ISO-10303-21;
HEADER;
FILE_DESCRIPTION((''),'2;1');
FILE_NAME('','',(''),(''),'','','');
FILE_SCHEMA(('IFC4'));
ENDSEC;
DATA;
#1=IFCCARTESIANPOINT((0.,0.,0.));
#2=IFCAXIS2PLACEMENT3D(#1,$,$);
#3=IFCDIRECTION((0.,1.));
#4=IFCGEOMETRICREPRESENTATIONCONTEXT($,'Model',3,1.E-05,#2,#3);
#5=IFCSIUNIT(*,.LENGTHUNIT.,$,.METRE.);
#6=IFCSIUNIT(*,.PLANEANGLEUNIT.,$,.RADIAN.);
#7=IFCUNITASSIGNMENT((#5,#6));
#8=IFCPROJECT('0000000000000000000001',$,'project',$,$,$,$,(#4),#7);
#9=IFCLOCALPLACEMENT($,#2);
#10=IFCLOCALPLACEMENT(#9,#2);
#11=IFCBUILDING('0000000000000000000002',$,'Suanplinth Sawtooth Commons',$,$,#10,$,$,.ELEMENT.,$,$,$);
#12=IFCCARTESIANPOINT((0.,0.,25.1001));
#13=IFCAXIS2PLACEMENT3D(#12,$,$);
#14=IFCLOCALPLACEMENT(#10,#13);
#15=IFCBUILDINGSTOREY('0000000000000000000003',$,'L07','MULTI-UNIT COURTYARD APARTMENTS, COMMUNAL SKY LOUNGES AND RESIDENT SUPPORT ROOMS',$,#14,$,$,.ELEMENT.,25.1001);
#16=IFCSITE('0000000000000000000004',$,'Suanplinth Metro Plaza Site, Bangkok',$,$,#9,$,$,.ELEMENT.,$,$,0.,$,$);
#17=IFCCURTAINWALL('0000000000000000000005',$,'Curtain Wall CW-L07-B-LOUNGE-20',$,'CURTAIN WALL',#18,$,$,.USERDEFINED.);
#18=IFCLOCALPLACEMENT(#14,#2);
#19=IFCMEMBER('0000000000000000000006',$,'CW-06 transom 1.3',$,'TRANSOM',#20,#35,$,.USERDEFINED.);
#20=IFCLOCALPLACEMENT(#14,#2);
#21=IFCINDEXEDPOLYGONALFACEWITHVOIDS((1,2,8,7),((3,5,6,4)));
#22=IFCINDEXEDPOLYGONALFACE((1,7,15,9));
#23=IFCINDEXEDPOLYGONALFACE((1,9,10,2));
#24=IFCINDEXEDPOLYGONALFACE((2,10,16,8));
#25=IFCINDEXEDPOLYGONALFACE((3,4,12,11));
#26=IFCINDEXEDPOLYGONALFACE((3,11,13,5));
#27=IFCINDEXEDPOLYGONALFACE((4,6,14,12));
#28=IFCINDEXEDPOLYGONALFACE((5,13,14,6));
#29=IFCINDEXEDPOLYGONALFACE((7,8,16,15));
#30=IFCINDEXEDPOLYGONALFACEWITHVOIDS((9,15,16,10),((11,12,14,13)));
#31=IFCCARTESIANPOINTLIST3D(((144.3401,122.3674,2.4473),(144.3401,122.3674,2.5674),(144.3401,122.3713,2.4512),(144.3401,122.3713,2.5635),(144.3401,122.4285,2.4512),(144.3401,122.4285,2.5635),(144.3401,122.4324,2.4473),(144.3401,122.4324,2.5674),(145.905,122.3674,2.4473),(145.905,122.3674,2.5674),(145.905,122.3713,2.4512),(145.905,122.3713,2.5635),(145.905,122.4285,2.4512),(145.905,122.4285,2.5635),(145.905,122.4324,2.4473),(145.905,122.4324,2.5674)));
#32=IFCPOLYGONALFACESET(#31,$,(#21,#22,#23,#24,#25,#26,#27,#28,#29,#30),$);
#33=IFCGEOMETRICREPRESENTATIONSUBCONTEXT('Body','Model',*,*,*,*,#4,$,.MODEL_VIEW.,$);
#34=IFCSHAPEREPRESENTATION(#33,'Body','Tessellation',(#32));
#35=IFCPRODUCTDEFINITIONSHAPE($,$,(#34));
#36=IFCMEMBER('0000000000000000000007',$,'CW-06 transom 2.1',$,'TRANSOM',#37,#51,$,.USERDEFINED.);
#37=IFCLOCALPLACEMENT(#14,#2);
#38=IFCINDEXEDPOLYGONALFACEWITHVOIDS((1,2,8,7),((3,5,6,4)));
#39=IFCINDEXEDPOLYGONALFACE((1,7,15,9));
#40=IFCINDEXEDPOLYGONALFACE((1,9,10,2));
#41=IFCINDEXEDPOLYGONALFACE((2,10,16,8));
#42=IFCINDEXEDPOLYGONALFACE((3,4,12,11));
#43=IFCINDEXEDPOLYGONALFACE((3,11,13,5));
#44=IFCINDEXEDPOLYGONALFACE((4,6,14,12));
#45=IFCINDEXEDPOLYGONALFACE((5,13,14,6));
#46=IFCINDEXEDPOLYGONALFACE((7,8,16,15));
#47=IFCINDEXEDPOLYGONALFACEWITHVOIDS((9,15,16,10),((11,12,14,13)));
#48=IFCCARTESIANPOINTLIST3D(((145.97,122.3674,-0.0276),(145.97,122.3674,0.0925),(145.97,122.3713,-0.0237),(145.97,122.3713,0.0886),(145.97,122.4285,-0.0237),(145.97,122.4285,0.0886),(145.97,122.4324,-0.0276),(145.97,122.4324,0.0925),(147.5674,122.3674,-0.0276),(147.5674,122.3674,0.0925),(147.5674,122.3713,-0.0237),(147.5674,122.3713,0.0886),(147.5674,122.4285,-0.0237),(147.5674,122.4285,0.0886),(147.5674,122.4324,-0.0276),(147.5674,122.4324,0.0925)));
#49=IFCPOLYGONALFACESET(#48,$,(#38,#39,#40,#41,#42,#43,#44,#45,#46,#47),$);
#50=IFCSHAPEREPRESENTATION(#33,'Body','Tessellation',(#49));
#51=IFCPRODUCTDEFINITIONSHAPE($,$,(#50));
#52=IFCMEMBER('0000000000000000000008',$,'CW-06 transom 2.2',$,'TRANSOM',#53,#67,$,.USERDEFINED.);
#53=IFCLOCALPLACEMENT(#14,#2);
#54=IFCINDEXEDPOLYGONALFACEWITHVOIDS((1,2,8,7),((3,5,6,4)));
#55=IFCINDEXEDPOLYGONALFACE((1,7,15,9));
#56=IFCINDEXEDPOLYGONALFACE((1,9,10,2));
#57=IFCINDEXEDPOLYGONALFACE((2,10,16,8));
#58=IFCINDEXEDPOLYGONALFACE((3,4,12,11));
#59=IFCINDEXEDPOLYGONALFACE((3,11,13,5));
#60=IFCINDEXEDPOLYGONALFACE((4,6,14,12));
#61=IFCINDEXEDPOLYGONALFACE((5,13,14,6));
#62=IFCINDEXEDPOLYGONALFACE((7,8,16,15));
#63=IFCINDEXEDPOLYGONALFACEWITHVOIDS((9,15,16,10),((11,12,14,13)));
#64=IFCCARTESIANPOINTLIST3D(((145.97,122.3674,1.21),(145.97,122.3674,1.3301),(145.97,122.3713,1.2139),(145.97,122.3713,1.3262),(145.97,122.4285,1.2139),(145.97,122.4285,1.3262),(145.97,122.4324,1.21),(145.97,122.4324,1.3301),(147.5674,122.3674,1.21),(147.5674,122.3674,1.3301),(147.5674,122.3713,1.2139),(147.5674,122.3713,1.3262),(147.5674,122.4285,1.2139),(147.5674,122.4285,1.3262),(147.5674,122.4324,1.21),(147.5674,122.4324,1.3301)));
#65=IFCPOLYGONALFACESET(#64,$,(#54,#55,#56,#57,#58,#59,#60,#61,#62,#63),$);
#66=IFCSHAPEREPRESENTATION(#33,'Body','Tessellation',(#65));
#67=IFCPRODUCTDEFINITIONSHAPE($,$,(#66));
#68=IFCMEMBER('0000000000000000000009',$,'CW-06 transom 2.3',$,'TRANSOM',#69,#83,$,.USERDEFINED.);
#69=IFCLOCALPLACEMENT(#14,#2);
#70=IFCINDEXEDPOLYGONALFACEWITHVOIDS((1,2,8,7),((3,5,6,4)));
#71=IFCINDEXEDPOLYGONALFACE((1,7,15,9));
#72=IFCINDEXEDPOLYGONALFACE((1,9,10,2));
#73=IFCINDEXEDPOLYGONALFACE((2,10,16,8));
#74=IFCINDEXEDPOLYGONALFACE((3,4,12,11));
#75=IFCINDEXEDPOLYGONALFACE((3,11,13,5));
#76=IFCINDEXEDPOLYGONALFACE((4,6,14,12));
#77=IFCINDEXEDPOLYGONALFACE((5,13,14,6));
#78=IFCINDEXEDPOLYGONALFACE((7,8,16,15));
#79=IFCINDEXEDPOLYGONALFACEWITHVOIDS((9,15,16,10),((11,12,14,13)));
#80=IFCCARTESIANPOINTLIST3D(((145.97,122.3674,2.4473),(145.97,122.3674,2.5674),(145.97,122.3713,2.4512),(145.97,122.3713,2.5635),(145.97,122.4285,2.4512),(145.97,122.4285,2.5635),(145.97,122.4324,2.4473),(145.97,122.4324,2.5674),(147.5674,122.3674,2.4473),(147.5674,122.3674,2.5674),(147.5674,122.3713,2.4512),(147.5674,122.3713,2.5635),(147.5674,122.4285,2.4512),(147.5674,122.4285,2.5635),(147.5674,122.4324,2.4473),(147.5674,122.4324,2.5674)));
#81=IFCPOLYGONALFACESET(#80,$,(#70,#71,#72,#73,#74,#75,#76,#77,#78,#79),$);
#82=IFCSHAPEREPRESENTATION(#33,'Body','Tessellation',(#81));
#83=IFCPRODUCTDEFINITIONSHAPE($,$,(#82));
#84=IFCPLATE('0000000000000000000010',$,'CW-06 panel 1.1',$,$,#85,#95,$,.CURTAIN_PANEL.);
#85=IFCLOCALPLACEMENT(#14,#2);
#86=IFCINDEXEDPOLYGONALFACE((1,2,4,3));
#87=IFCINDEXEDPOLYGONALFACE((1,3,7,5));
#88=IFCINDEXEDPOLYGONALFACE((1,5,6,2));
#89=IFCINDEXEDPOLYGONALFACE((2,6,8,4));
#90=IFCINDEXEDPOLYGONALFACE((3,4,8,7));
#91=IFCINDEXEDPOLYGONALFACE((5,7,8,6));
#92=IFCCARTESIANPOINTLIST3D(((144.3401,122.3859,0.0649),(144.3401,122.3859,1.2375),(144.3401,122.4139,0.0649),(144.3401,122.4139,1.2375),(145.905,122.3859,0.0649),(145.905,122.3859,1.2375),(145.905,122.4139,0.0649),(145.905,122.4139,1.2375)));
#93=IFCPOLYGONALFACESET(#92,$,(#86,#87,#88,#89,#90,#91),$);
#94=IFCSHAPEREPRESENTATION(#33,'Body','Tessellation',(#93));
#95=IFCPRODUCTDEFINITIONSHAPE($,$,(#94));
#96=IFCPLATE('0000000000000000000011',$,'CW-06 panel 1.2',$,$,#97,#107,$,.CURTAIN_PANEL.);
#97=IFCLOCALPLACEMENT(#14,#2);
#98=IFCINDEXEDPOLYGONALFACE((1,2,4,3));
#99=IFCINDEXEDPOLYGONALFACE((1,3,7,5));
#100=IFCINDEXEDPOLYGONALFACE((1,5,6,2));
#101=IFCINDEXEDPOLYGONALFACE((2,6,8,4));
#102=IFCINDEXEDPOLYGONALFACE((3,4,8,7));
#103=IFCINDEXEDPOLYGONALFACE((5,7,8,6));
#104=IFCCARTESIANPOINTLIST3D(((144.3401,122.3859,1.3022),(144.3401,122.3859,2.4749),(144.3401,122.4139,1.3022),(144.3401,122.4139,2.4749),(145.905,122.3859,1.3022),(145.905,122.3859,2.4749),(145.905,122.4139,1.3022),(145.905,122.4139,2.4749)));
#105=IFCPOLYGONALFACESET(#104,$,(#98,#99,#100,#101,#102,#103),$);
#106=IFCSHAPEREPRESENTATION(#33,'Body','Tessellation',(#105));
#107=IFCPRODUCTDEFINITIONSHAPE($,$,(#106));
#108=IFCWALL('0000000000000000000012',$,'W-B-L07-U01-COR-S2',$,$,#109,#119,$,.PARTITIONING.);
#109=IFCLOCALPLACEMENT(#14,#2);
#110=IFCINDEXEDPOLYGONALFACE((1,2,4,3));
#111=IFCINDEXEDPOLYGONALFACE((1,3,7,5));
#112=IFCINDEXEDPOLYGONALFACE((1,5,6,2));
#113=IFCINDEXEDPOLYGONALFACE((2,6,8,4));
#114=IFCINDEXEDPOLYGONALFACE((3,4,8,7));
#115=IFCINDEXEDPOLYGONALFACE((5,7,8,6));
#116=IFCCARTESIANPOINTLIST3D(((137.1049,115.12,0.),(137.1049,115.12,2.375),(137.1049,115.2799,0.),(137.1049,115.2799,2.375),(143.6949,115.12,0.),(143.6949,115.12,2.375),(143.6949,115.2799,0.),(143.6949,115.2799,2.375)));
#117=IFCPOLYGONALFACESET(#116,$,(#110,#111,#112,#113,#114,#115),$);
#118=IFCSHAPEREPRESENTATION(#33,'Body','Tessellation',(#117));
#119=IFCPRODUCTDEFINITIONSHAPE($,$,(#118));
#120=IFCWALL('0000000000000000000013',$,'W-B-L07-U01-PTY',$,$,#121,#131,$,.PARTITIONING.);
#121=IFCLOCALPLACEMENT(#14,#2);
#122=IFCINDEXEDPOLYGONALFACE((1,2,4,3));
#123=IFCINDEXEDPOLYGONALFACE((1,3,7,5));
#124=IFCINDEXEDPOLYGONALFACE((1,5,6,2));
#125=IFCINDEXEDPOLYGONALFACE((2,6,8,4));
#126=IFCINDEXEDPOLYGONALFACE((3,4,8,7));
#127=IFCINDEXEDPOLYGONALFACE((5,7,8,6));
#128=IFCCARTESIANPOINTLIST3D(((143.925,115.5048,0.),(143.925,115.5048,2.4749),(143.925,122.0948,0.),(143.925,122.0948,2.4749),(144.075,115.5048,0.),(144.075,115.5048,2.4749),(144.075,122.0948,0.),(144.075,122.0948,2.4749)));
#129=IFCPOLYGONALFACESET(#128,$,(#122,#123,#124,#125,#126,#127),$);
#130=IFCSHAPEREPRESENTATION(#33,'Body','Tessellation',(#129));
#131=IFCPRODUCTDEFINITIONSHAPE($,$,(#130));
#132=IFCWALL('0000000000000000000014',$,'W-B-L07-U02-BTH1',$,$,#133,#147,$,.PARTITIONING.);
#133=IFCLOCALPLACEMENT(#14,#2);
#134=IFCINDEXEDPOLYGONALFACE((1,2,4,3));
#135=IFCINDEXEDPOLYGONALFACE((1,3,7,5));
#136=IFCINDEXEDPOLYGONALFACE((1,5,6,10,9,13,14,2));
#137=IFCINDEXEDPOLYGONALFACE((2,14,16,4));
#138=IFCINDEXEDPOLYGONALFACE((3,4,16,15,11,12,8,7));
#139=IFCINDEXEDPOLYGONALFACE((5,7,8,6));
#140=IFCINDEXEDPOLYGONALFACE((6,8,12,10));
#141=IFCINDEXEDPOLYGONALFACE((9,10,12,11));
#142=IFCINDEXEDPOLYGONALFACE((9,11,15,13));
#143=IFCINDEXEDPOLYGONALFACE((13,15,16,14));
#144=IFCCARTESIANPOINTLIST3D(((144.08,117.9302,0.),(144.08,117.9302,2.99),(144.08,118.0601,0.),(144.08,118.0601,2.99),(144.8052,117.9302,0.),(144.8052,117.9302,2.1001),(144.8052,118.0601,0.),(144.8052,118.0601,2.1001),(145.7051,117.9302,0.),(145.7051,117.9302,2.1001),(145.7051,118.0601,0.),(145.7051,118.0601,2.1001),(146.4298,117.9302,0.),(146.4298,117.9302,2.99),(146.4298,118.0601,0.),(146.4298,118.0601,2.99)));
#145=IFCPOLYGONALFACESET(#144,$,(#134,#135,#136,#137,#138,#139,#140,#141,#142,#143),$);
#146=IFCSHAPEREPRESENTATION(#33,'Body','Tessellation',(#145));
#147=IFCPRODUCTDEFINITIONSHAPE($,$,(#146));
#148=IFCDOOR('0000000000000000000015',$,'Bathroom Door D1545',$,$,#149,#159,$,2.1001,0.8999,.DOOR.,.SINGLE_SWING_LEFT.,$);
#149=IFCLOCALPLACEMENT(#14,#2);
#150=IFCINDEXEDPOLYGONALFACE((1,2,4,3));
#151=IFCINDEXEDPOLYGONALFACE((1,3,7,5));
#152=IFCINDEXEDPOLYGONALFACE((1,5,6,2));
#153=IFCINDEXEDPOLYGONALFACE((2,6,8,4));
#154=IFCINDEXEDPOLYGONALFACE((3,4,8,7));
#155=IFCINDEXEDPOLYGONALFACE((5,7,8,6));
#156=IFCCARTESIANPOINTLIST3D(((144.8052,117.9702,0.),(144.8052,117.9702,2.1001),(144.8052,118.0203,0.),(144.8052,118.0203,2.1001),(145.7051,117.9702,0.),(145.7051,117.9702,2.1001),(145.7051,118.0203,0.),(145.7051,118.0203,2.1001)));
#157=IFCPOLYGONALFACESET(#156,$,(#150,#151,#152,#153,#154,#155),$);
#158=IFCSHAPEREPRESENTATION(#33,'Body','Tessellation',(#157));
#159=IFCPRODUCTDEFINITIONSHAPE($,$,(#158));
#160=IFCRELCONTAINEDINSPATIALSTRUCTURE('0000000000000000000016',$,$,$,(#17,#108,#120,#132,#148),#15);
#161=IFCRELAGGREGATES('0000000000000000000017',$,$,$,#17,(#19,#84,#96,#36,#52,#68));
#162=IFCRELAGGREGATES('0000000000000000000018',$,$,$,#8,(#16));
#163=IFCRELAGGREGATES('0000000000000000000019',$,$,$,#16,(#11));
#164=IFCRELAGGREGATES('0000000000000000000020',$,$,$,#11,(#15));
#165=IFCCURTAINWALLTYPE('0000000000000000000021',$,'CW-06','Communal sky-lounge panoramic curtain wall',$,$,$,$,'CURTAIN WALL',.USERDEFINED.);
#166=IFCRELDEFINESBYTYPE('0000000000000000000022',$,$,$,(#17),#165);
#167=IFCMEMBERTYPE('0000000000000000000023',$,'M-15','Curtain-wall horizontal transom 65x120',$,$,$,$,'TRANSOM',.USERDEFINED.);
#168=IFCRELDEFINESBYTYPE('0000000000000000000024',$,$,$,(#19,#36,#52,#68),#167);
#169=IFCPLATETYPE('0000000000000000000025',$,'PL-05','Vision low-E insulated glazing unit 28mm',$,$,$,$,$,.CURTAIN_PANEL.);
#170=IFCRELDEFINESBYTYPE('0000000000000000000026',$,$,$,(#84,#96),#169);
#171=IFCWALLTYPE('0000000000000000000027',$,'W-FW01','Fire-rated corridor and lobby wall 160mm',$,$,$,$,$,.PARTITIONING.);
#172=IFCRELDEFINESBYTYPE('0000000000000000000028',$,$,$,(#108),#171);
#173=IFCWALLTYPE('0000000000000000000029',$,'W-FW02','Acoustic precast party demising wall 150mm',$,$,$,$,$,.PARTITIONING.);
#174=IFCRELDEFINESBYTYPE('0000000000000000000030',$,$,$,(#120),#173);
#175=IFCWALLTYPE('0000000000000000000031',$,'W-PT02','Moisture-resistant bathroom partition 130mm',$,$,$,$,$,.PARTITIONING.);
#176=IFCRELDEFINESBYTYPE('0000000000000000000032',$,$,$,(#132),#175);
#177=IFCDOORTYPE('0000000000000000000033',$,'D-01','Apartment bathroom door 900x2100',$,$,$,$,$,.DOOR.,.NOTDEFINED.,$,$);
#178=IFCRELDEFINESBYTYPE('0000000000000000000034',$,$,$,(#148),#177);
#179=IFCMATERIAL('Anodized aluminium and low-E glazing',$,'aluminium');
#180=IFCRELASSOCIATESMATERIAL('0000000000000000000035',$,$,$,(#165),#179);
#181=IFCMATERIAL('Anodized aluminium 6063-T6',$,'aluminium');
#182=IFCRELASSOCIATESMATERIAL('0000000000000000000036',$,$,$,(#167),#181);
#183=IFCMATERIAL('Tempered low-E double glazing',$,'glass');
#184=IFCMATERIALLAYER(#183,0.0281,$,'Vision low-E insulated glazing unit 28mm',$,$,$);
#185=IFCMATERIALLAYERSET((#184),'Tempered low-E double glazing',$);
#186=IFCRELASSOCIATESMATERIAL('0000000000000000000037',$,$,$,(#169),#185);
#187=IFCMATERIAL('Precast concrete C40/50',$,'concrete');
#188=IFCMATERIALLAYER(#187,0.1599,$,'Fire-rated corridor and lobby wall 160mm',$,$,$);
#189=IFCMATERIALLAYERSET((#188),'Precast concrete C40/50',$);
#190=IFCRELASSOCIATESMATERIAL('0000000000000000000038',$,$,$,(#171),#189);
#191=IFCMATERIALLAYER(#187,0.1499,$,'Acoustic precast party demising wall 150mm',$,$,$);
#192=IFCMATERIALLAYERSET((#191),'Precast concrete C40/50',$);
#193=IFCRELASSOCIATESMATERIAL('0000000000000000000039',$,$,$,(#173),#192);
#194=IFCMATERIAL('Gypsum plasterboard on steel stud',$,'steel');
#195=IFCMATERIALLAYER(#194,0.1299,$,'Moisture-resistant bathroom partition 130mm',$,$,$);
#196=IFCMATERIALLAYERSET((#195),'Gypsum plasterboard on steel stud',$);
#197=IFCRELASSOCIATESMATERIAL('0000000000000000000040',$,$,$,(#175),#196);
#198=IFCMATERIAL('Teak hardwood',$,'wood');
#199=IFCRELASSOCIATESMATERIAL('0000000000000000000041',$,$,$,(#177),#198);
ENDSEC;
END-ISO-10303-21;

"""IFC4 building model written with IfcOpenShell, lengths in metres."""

from ifc_helpers import new_model, si_unit, direction, frame, frame_2d, origin, origin_2d, place, context, subcontext, project, spatial, rectangle, hollow_rectangle, extrude, material, layer, layer_set, material_profile, profile_set, type_object, element, fill, aggregate, save


model = new_model("IFC4")

# Units and contexts
model_context = context("Model", 3, precision=1e-05, world=origin(), true_north=direction((0.0, 1.0)))
body_context = subcontext(model_context, "Body", "Model", "MODEL_VIEW")
ifc_project = project(units=[si_unit("LENGTHUNIT", "METRE"), si_unit("PLANEANGLEUNIT", "RADIAN")], contexts=[model_context])

# Site, building, storey
site_placement = place(None, origin())
site = spatial("IfcSite", under=ifc_project, at=site_placement, Name="Suanplinth Metro Plaza Site, Bangkok", CompositionType="ELEMENT", RefElevation=0.0)
building_placement = place(site_placement, origin())
building = spatial("IfcBuilding", under=site, at=building_placement, Name="Suanplinth Sawtooth Commons", CompositionType="ELEMENT")
storey_placement = place(building_placement, frame((0.0, 0.0, 25.1001)))
storey = spatial("IfcBuildingStorey", under=building, at=storey_placement, Name="L07", Description="MULTI-UNIT COURTYARD APARTMENTS, COMMUNAL SKY LOUNGES AND RESIDENT SUPPORT ROOMS", CompositionType="ELEMENT", Elevation=25.1001)

# Shared definitions
ifc_material_1 = material(Name="Precast concrete C40/50", Category="concrete")

# Curtain wall, members, plates
ifc_material_2 = material(Name="Anodized aluminium and low-E glazing", Category="aluminium")
curtain_wall_type = type_object("IfcCurtainWallType", Name="CW-06", Description="Communal sky-lounge panoramic curtain wall", ElementType="CURTAIN WALL", PredefinedType="USERDEFINED", material=ifc_material_2)
curtain_wall_placement = place(storey_placement, origin())
curtain_wall = element("IfcCurtainWall", 1, at=curtain_wall_placement, inside=storey, type_object=curtain_wall_type, Name="Curtain Wall CW-L07-B-LOUNGE-20", ObjectType="CURTAIN WALL", PredefinedType="USERDEFINED")
ifc_material_3 = material(Name="Anodized aluminium 6063-T6", Category="aluminium")
ifc_material_profile_1 = material_profile(ifc_material_3, hollow_rectangle(XDim=0.0649, YDim=0.1201, WallThickness=0.0039, at=origin_2d()), Name="ALU-TRN 65x120")
ifc_profile_set_1 = profile_set([ifc_material_profile_1], Name="Anodized aluminium 6063-T6")
member_type_1 = type_object("IfcMemberType", Name="M-15", Description="Curtain-wall horizontal transom 65x120", ElementType="TRANSOM", PredefinedType="USERDEFINED", material=ifc_profile_set_1)
member_1_placement = place(storey_placement, frame((144.3401, 122.3999, 2.5073), z_axis=(1.0, 0.0, 0.0), x_axis=(0.0, 1.0, 0.0)))
member_1 = element("IfcMember", 2, at=member_1_placement, type_object=member_type_1, Name="CW-06 transom 1.3", ObjectType="TRANSOM", PredefinedType="USERDEFINED", context=body_context, shape_type="SweptSolid", body=[
    extrude(hollow_rectangle(XDim=0.0649, YDim=0.1201, WallThickness=0.0039, at=origin_2d()), origin(), (0.0, 0.0, 1.0), 1.5649),
])
member_2_placement = place(storey_placement, frame((145.97, 122.3999, 0.0325), z_axis=(1.0, 0.0, 0.0), x_axis=(0.0, 1.0, 0.0)))
member_2 = element("IfcMember", 3, at=member_2_placement, type_object=member_type_1, Name="CW-06 transom 2.1", ObjectType="TRANSOM", PredefinedType="USERDEFINED", context=body_context, shape_type="SweptSolid", body=[
    extrude(hollow_rectangle(XDim=0.0649, YDim=0.1201, WallThickness=0.0039, at=origin_2d()), origin(), (0.0, 0.0, 1.0), 1.5974),
])
member_3_placement = place(storey_placement, frame((145.97, 122.3999, 1.27), z_axis=(1.0, 0.0, 0.0), x_axis=(0.0, 1.0, 0.0)))
member_3 = element("IfcMember", 4, at=member_3_placement, type_object=member_type_1, Name="CW-06 transom 2.2", ObjectType="TRANSOM", PredefinedType="USERDEFINED", context=body_context, shape_type="SweptSolid", body=[
    extrude(hollow_rectangle(XDim=0.0649, YDim=0.1201, WallThickness=0.0039, at=origin_2d()), origin(), (0.0, 0.0, 1.0), 1.5974),
])
member_4_placement = place(storey_placement, frame((145.97, 122.3999, 2.5073), z_axis=(1.0, 0.0, 0.0), x_axis=(0.0, 1.0, 0.0)))
member_4 = element("IfcMember", 5, at=member_4_placement, type_object=member_type_1, Name="CW-06 transom 2.3", ObjectType="TRANSOM", PredefinedType="USERDEFINED", context=body_context, shape_type="SweptSolid", body=[
    extrude(hollow_rectangle(XDim=0.0649, YDim=0.1201, WallThickness=0.0039, at=origin_2d()), origin(), (0.0, 0.0, 1.0), 1.5974),
])
ifc_material_4 = material(Name="Tempered low-E double glazing", Category="glass")
ifc_layer_1 = layer(ifc_material_4, 0.0281, Name="Vision low-E insulated glazing unit 28mm")
ifc_layer_set_1 = layer_set([ifc_layer_1], Name="Tempered low-E double glazing")
plate_type = type_object("IfcPlateType", Name="PL-05", Description="Vision low-E insulated glazing unit 28mm", PredefinedType="CURTAIN_PANEL", material=ifc_layer_set_1)
plate_1_placement = place(storey_placement, frame((145.1226, 122.3999, 0.0649), z_axis=(0.0, 0.0, 1.0), x_axis=(1.0, 0.0, 0.0)))
plate_1 = element("IfcPlate", 6, at=plate_1_placement, type_object=plate_type, Name="CW-06 panel 1.1", PredefinedType="CURTAIN_PANEL", context=body_context, shape_type="SweptSolid", body=[
    extrude(rectangle(XDim=1.5649, YDim=0.0281, at=origin_2d()), origin(), (0.0, 0.0, 1.0), 1.1726),
])
plate_2_placement = place(storey_placement, frame((145.1226, 122.3999, 1.3022), z_axis=(0.0, 0.0, 1.0), x_axis=(1.0, 0.0, 0.0)))
plate_2 = element("IfcPlate", 7, at=plate_2_placement, type_object=plate_type, Name="CW-06 panel 1.2", PredefinedType="CURTAIN_PANEL", context=body_context, shape_type="SweptSolid", body=[
    extrude(rectangle(XDim=1.5649, YDim=0.0281, at=origin_2d()), origin(), (0.0, 0.0, 1.0), 1.1726),
])
aggregate(curtain_wall, [member_1, plate_1, plate_2, member_2, member_3, member_4])

# Wall
ifc_layer_2 = layer(ifc_material_1, 0.1599, Name="Fire-rated corridor and lobby wall 160mm")
ifc_layer_set_2 = layer_set([ifc_layer_2], Name="Precast concrete C40/50")
wall_type_1 = type_object("IfcWallType", Name="W-FW01", Description="Fire-rated corridor and lobby wall 160mm", PredefinedType="PARTITIONING", material=ifc_layer_set_2)
wall_1_placement = place(storey_placement, frame((137.105, 115.2, 0.0), z_axis=(0.0, 0.0, 1.0), x_axis=(1.0, 0.0, 0.0)))
element("IfcWall", 8, at=wall_1_placement, inside=storey, type_object=wall_type_1, Name="W-B-L07-U01-COR-S2", PredefinedType="PARTITIONING", context=body_context, shape_type="SweptSolid", body=[
    extrude(rectangle(XDim=6.5901, YDim=0.1599, at=frame_2d((3.2949, 0.0))), origin(), (0.0, 0.0, 1.0), 2.375),
])

# Wall
ifc_layer_3 = layer(ifc_material_1, 0.1499, Name="Acoustic precast party demising wall 150mm")
ifc_layer_set_3 = layer_set([ifc_layer_3], Name="Precast concrete C40/50")
wall_type_2 = type_object("IfcWallType", Name="W-FW02", Description="Acoustic precast party demising wall 150mm", PredefinedType="PARTITIONING", material=ifc_layer_set_3)
wall_2_placement = place(storey_placement, frame((144.0, 115.5049, 0.0), z_axis=(0.0, 0.0, 1.0), x_axis=(0.0, 1.0, 0.0)))
element("IfcWall", 9, at=wall_2_placement, inside=storey, type_object=wall_type_2, Name="W-B-L07-U01-PTY", PredefinedType="PARTITIONING", context=body_context, shape_type="SweptSolid", body=[
    extrude(rectangle(XDim=6.5901, YDim=0.1499, at=frame_2d((3.2949, 0.0))), origin(), (0.0, 0.0, 1.0), 2.4749),
])

# Wall, opening, door
ifc_material_5 = material(Name="Gypsum plasterboard on steel stud", Category="steel")
ifc_layer_4 = layer(ifc_material_5, 0.1299, Name="Moisture-resistant bathroom partition 130mm")
ifc_layer_set_4 = layer_set([ifc_layer_4], Name="Gypsum plasterboard on steel stud")
wall_type_3 = type_object("IfcWallType", Name="W-PT02", Description="Moisture-resistant bathroom partition 130mm", PredefinedType="PARTITIONING", material=ifc_layer_set_4)
wall_3_placement = place(storey_placement, frame((144.0801, 117.9951, 0.0), z_axis=(0.0, 0.0, 1.0), x_axis=(1.0, 0.0, 0.0)))
wall_3 = element("IfcWall", 10, at=wall_3_placement, inside=storey, type_object=wall_type_3, Name="W-B-L07-U02-BTH1", PredefinedType="PARTITIONING", context=body_context, shape_type="SweptSolid", body=[
    extrude(rectangle(XDim=2.3499, YDim=0.1299, at=frame_2d((1.1748, 0.0))), origin(), (0.0, 0.0, 1.0), 2.99),
])
opening_1_placement = place(wall_3_placement, frame((0.7251, 0.0, 0.0)))
opening_1 = element("IfcOpeningElement", 11, at=opening_1_placement, cuts=wall_3, PredefinedType="OPENING", context=body_context, shape_type="SweptSolid", body=[
    extrude(rectangle(XDim=0.8999, YDim=2.1001, at=frame_2d((0.45, 1.05))), frame((0.0, 0.0798, 0.0), z_axis=(0.0, -1.0, 0.0), x_axis=(1.0, 0.0, 0.0)), (0.0, 0.0, 1.0), 0.1597),
])
ifc_material_6 = material(Name="Teak hardwood", Category="wood")
door_type_1 = type_object("IfcDoorType", Name="D-01", Description="Apartment bathroom door 900x2100", OperationType="NOTDEFINED", PredefinedType="DOOR", material=ifc_material_6)
door_1_placement = place(opening_1_placement, frame((0.8999, 0.0, 0.0), z_axis=(0.0, 0.0, 1.0), x_axis=(-1.0, 0.0, 0.0)))
door_1 = element("IfcDoor", 12, at=door_1_placement, inside=storey, type_object=door_type_1, Name="Bathroom Door D1545", OperationType="SINGLE_SWING_LEFT", OverallHeight=2.1001, OverallWidth=0.8999, PredefinedType="DOOR", context=body_context, shape_type="SweptSolid", body=[
    extrude(rectangle(XDim=0.8999, YDim=2.1001, at=frame_2d((0.45, 1.05))), frame((0.0, 0.0249, 0.0), z_axis=(0.0, -1.0, 0.0), x_axis=(1.0, 0.0, 0.0)), (0.0, 0.0, 1.0), 0.05),
])
fill(opening_1, door_1)

save(model, "model.ifc")
